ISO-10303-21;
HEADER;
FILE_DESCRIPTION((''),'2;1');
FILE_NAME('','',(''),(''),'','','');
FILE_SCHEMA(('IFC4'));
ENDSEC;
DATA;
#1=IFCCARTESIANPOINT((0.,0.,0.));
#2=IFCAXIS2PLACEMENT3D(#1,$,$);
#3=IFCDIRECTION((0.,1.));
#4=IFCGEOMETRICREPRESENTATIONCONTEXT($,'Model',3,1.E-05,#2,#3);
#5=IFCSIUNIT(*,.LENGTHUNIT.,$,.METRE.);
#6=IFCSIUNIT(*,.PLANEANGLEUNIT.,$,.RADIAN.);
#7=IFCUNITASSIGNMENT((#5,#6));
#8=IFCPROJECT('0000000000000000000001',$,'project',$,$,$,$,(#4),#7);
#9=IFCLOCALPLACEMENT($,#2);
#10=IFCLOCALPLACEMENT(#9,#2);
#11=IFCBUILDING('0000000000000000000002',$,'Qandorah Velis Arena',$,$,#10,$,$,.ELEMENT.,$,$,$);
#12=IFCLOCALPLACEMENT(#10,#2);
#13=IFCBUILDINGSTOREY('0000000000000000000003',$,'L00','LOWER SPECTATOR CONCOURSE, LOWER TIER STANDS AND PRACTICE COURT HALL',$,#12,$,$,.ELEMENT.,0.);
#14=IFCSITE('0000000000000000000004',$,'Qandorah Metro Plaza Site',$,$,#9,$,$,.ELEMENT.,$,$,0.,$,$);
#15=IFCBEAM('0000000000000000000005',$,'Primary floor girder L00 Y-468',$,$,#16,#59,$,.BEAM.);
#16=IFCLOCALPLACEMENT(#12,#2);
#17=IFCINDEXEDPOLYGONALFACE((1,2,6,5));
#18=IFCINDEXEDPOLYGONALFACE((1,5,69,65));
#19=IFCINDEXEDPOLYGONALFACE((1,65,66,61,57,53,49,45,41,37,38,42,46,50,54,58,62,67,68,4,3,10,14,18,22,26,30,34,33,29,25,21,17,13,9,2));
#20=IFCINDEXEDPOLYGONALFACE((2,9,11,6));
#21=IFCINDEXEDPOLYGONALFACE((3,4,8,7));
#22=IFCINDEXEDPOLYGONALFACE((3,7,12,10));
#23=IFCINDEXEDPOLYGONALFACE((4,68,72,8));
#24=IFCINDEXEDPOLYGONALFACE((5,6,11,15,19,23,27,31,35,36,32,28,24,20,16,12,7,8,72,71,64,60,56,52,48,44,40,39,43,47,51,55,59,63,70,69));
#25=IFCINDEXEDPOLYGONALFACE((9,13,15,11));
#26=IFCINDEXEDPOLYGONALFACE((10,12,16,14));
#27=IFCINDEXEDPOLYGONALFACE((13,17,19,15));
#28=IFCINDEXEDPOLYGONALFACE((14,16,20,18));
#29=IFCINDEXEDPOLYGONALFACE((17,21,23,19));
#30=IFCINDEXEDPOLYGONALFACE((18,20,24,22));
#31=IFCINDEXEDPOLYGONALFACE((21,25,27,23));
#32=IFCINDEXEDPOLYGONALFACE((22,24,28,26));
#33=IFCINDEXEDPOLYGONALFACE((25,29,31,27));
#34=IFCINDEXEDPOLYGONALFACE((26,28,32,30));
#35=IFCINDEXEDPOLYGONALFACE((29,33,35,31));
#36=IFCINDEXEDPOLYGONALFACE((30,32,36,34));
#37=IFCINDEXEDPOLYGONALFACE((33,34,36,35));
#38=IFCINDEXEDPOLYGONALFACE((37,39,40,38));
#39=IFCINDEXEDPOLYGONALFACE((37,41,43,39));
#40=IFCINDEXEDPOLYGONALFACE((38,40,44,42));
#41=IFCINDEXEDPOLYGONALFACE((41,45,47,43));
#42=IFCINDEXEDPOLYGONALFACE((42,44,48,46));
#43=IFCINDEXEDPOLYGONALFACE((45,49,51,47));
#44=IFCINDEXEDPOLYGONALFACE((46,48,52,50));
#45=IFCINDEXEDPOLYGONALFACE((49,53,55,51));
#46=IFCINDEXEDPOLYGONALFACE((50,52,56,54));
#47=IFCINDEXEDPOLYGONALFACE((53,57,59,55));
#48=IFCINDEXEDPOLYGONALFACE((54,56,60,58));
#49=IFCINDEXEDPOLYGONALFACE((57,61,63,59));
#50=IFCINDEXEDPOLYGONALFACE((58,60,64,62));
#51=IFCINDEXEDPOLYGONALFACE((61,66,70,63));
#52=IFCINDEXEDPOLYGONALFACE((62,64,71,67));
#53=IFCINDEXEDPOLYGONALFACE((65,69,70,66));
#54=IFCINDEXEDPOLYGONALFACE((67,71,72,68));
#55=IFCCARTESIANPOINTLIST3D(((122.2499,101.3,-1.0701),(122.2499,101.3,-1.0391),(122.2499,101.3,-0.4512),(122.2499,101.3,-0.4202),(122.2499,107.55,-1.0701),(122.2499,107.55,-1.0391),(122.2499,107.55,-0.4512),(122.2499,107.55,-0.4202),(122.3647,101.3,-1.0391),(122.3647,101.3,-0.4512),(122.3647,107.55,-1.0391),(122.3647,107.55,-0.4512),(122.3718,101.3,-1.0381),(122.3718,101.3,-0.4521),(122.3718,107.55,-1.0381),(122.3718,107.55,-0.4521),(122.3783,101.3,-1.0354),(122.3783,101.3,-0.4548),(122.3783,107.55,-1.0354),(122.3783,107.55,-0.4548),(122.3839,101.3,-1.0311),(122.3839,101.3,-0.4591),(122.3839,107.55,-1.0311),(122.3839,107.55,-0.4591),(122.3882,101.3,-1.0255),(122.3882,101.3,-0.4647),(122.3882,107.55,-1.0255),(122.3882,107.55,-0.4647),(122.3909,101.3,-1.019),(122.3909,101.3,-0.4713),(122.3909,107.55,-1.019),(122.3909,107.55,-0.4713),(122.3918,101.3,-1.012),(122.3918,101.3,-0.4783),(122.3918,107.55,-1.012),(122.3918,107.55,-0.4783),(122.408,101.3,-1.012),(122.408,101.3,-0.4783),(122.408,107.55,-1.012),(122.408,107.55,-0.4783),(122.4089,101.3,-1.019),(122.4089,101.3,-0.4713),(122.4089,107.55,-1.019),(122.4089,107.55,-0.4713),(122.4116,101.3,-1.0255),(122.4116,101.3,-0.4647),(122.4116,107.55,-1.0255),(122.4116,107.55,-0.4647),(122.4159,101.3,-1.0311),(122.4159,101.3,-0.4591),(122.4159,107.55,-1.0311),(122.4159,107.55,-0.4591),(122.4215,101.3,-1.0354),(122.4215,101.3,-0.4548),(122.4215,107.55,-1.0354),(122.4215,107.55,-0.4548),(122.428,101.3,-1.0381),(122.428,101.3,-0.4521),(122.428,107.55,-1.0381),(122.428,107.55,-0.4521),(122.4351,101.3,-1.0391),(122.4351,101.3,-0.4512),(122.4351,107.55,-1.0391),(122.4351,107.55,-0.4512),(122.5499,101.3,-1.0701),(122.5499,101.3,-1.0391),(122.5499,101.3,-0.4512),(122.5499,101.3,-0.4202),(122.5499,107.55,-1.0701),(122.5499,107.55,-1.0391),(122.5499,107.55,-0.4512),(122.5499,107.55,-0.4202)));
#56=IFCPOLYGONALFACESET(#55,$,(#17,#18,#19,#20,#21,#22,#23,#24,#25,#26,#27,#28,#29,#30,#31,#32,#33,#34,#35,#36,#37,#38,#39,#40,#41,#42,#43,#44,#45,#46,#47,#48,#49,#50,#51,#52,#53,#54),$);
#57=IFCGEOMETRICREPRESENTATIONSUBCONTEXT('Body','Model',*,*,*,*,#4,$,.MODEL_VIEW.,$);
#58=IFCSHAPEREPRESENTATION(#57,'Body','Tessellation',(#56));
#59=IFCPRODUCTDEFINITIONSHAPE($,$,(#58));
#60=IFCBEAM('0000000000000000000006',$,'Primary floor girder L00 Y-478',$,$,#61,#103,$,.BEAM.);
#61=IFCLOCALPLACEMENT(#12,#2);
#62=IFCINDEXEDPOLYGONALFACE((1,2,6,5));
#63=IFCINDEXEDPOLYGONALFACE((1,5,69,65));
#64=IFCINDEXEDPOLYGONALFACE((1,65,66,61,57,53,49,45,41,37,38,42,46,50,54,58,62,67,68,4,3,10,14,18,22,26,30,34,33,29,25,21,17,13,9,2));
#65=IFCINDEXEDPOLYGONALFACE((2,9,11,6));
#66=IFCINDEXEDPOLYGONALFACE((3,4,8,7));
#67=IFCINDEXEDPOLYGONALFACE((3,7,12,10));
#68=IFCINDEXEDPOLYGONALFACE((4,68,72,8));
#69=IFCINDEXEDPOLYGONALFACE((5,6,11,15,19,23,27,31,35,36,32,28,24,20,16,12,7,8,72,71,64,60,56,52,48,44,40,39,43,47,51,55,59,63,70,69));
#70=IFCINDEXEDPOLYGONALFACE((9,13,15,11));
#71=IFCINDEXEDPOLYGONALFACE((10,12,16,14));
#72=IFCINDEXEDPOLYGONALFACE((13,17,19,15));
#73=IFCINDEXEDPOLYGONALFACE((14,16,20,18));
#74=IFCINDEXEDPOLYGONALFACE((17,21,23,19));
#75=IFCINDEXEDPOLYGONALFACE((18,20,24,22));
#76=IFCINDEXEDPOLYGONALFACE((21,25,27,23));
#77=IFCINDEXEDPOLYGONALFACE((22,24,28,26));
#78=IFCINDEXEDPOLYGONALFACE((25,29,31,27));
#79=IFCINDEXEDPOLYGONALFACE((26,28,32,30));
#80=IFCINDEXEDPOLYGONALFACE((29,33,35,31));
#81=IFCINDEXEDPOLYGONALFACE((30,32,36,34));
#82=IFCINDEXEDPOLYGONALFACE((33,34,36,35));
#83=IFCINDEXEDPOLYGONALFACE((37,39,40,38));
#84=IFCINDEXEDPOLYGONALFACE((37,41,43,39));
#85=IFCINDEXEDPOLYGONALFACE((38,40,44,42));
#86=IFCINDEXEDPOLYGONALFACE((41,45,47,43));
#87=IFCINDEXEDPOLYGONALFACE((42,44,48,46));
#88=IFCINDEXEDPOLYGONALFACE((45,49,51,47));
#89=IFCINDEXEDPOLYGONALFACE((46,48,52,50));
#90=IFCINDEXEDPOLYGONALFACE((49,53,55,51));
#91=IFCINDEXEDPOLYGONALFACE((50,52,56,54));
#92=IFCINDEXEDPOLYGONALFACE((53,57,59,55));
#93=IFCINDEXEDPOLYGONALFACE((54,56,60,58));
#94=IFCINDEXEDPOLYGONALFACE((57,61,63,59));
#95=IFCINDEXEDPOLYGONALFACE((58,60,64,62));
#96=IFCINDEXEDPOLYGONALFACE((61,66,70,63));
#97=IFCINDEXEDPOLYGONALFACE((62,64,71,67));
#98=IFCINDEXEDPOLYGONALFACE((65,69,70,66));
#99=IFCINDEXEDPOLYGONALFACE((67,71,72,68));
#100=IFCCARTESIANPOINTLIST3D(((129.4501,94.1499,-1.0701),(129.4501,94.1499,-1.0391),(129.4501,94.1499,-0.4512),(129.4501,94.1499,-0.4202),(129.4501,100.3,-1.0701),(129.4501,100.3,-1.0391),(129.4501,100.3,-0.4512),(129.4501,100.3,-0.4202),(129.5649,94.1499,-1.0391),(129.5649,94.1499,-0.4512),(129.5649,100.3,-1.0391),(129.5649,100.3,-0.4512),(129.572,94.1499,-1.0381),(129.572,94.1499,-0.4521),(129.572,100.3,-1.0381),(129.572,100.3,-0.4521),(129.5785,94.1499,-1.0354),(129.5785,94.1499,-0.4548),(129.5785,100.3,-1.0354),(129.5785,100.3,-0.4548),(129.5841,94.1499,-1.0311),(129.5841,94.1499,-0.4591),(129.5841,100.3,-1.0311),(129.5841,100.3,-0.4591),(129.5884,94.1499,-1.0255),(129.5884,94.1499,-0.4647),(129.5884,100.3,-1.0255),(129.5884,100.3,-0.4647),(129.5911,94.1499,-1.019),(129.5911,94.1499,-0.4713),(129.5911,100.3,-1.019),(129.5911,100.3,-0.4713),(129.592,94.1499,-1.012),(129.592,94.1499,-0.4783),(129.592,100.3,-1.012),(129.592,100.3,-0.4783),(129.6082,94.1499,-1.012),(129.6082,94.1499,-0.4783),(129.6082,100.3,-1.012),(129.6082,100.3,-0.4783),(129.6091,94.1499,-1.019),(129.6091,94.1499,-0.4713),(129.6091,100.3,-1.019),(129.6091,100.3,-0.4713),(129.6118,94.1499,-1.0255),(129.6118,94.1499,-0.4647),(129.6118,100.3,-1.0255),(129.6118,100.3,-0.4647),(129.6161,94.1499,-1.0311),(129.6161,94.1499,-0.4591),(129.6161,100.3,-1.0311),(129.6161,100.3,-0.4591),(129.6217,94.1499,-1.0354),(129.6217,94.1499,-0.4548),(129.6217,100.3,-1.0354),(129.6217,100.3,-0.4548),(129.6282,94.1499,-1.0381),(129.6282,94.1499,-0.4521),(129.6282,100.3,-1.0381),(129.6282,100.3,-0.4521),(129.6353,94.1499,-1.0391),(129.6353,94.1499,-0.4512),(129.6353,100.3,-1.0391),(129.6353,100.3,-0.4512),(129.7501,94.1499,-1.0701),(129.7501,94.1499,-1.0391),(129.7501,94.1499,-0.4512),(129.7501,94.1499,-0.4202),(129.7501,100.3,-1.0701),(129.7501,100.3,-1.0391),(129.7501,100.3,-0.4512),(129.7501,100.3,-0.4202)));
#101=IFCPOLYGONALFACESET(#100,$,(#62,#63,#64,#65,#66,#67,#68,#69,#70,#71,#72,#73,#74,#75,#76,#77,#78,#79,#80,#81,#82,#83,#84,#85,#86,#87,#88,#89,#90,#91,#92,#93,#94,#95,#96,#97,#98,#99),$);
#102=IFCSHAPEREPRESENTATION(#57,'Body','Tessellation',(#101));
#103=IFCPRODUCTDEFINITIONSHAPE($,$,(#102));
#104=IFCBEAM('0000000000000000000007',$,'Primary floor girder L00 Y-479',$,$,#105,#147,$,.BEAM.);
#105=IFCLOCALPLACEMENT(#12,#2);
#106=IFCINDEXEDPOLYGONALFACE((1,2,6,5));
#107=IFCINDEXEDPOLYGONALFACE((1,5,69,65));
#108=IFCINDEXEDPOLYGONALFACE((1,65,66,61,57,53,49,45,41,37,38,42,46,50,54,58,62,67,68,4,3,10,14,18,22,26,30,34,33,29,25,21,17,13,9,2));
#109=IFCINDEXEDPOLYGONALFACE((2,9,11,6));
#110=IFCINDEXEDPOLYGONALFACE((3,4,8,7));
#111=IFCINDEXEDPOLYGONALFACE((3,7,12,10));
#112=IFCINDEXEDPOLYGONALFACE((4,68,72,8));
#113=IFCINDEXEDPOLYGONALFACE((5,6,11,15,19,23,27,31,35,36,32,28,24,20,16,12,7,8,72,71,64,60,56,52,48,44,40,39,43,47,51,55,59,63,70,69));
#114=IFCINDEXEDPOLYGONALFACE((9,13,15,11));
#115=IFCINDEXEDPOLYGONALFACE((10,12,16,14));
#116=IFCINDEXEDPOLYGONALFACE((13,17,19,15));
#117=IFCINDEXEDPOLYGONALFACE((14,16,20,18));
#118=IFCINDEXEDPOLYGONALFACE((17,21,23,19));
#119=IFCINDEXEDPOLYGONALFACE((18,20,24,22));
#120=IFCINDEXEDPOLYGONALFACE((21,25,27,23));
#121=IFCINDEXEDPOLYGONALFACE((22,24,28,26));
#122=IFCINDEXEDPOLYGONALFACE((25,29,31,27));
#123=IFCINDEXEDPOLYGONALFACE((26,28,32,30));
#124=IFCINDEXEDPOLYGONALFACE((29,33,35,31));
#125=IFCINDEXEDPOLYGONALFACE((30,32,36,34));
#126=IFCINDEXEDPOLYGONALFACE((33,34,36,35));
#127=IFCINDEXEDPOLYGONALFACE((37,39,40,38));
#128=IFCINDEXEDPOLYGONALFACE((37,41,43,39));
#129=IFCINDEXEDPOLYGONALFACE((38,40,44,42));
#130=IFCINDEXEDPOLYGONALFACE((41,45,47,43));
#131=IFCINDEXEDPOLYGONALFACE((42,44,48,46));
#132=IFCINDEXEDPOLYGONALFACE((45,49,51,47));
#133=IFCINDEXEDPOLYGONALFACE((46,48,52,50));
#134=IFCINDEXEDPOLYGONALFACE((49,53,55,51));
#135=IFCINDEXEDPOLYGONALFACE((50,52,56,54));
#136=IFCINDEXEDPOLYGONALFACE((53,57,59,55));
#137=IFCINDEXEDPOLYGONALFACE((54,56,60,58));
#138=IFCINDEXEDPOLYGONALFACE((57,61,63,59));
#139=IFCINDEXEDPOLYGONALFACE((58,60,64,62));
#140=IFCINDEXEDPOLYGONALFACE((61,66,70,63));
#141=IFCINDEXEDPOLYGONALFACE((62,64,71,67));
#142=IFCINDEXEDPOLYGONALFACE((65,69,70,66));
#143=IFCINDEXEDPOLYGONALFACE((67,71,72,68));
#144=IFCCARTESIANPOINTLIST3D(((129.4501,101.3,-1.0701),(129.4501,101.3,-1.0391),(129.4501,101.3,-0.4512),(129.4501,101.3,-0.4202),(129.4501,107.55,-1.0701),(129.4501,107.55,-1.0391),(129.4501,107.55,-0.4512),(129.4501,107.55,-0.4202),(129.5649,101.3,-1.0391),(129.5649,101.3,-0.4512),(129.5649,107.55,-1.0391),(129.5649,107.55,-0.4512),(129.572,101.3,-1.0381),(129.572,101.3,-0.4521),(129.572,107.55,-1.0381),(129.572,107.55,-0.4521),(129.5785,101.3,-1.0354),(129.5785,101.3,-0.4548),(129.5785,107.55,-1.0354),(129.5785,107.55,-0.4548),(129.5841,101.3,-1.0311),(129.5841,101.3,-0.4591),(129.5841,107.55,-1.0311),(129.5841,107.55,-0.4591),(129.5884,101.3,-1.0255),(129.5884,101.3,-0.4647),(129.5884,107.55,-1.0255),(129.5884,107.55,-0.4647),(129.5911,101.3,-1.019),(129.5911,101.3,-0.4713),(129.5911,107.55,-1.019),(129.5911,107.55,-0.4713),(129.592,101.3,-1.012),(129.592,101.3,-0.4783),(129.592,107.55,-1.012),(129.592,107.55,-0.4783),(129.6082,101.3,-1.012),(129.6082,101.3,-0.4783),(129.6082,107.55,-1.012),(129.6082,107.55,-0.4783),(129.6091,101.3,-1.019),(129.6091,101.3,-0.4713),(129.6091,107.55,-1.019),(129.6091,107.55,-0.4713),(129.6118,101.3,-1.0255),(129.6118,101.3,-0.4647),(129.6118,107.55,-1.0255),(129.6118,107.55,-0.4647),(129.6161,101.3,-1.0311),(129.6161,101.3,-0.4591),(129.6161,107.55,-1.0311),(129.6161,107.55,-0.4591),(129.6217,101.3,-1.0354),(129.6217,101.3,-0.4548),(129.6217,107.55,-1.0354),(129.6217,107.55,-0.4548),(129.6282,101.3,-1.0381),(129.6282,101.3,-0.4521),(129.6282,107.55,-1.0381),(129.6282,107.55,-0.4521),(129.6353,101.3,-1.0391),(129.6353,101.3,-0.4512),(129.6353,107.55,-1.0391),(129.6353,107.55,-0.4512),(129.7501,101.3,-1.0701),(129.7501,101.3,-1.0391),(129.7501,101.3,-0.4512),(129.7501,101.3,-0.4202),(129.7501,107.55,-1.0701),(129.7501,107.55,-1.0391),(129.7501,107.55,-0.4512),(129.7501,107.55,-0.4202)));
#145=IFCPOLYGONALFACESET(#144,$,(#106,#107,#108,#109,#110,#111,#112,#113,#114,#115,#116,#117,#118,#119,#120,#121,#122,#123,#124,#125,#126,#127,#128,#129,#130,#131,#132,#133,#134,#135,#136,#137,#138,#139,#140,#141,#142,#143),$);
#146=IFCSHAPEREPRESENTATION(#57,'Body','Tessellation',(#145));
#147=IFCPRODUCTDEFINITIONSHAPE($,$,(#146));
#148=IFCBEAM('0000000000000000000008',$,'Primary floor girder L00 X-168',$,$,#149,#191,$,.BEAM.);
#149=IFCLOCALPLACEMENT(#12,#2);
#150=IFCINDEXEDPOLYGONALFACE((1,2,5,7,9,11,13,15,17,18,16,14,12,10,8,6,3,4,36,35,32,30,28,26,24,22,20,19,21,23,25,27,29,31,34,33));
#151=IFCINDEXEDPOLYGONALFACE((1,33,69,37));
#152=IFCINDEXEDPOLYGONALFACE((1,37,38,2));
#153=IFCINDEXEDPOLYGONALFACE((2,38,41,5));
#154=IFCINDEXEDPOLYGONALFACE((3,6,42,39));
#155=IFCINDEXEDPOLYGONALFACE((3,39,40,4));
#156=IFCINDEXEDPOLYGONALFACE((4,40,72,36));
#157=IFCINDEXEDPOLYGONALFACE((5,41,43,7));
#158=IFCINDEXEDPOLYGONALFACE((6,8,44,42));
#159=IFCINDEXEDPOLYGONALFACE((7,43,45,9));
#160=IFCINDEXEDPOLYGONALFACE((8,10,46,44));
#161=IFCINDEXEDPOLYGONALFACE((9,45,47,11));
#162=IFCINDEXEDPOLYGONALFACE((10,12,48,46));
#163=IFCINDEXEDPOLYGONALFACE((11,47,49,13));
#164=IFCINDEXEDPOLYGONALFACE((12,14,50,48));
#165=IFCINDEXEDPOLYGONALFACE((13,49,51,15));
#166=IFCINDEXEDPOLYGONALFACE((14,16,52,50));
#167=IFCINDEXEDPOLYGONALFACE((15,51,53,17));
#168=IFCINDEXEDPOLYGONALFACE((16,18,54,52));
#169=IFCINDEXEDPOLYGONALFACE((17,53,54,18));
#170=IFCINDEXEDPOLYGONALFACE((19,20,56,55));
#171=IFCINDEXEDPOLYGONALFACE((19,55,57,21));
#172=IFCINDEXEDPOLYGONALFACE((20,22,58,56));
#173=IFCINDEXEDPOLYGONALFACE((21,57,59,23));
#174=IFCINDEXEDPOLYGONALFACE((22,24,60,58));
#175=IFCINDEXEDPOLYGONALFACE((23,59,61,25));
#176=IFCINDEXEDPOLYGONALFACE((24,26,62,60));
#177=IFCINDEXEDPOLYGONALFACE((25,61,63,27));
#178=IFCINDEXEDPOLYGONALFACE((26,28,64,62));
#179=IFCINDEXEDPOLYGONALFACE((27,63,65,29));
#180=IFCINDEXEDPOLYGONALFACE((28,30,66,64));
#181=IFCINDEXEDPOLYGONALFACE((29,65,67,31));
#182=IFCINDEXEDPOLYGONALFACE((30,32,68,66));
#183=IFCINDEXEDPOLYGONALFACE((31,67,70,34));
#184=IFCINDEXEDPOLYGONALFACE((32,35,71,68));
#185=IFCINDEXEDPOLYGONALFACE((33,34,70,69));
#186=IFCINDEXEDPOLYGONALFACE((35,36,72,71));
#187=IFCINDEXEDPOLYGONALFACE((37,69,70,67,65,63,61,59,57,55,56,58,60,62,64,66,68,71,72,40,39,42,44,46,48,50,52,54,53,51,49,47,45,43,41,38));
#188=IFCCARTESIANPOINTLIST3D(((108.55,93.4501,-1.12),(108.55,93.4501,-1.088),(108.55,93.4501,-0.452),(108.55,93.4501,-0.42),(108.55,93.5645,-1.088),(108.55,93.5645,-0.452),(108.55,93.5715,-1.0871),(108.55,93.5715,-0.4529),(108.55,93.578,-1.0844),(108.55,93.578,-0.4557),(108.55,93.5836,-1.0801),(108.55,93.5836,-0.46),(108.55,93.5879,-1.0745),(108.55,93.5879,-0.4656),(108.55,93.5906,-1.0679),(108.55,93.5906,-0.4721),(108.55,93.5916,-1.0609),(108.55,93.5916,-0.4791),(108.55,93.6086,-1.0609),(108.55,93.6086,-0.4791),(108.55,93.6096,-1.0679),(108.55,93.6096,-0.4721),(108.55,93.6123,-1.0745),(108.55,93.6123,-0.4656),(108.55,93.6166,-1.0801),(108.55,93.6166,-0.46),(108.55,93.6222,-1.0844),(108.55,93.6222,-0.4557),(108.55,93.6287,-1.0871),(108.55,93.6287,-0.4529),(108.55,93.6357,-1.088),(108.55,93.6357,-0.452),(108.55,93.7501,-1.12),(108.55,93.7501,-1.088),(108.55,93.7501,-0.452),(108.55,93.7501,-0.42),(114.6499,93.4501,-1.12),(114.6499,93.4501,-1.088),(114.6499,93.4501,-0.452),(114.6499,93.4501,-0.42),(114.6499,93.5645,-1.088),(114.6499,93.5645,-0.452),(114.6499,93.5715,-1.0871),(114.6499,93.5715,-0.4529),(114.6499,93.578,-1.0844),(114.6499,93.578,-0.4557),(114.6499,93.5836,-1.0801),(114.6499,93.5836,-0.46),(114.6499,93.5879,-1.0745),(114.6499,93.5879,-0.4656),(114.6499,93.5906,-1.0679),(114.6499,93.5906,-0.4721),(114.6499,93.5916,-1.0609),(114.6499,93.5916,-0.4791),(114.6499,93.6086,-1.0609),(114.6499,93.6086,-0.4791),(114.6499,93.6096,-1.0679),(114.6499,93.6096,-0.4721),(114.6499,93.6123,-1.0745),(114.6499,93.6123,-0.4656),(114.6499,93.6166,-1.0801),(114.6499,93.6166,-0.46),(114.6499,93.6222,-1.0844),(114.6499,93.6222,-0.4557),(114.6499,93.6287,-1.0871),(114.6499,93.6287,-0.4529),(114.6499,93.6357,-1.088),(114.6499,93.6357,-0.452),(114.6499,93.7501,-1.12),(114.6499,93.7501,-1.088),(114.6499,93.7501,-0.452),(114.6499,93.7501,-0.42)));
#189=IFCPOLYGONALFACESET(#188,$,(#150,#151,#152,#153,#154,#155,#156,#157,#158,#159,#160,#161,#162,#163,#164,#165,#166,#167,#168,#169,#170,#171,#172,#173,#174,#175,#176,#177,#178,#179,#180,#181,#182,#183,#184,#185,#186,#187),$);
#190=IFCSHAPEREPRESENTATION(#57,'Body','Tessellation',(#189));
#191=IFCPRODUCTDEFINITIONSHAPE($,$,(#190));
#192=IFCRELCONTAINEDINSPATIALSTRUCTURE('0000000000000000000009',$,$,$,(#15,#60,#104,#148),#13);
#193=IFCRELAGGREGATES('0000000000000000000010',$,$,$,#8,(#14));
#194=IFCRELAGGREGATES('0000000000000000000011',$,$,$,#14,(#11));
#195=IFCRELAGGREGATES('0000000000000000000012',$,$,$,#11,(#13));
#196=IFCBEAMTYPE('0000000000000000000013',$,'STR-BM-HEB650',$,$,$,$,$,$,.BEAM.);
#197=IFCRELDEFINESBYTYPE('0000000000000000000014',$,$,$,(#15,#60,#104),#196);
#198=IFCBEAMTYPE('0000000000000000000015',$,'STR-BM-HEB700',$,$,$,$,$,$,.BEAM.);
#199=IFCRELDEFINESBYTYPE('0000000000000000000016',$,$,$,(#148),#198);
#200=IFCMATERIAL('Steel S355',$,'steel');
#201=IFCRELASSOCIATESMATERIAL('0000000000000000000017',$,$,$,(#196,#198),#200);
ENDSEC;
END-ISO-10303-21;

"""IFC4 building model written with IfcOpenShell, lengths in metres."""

from ifc_helpers import new_model, si_unit, direction, frame, origin, origin_2d, place, context, subcontext, project, spatial, i_section, extrude, material, material_profile, profile_set, type_object, element, save


model = new_model("IFC4")

# Units and contexts
model_context = context("Model", 3, precision=1e-05, world=origin(), true_north=direction((0.0, 1.0)))
body_context = subcontext(model_context, "Body", "Model", "MODEL_VIEW")
ifc_project = project(units=[si_unit("LENGTHUNIT", "METRE"), si_unit("PLANEANGLEUNIT", "RADIAN")], contexts=[model_context])

# Site, building, storey
site_placement = place(None, origin())
site = spatial("IfcSite", under=ifc_project, at=site_placement, Name="Qandorah Metro Plaza Site", CompositionType="ELEMENT", RefElevation=0.0)
building_placement = place(site_placement, origin())
building = spatial("IfcBuilding", under=site, at=building_placement, Name="Qandorah Velis Arena", CompositionType="ELEMENT")
storey_placement = place(building_placement, origin())
storey = spatial("IfcBuildingStorey", under=building, at=storey_placement, Name="L00", Description="LOWER SPECTATOR CONCOURSE, LOWER TIER STANDS AND PRACTICE COURT HALL", CompositionType="ELEMENT", Elevation=0.0)

# Beams
ifc_material_1 = material(Name="Steel S355", Category="steel")
ifc_material_profile_1 = material_profile(ifc_material_1, i_section(OverallWidth=0.3, OverallDepth=0.6499, WebThickness=0.0161, FlangeThickness=0.031, FilletRadius=0.0271, at=origin_2d()), Name="HEB 650")
ifc_profile_set_1 = profile_set([ifc_material_profile_1], Name="Steel S355")
beam_type_1 = type_object("IfcBeamType", Name="STR-BM-HEB650", PredefinedType="BEAM", material=ifc_profile_set_1)
beam_1_placement = place(storey_placement, frame((122.3999, 101.3, -0.7451), z_axis=(0.0, 1.0, 0.0), x_axis=(-1.0, 0.0, 0.0)))
element("IfcBeam", 1, at=beam_1_placement, inside=storey, type_object=beam_type_1, Name="Primary floor girder L00 Y-468", PredefinedType="BEAM", context=body_context, shape_type="SweptSolid", body=[
    extrude(i_section(OverallWidth=0.3, OverallDepth=0.6499, WebThickness=0.0161, FlangeThickness=0.031, FilletRadius=0.0271, at=origin_2d()), origin(), (0.0, 0.0, 1.0), 6.25),
])
beam_2_placement = place(storey_placement, frame((129.6001, 94.1499, -0.7451), z_axis=(0.0, 1.0, 0.0), x_axis=(-1.0, 0.0, 0.0)))
element("IfcBeam", 2, at=beam_2_placement, inside=storey, type_object=beam_type_1, Name="Primary floor girder L00 Y-478", PredefinedType="BEAM", context=body_context, shape_type="SweptSolid", body=[
    extrude(i_section(OverallWidth=0.3, OverallDepth=0.6499, WebThickness=0.0161, FlangeThickness=0.031, FilletRadius=0.0271, at=origin_2d()), origin(), (0.0, 0.0, 1.0), 6.1501),
])
beam_3_placement = place(storey_placement, frame((129.6001, 101.3, -0.7451), z_axis=(0.0, 1.0, 0.0), x_axis=(-1.0, 0.0, 0.0)))
element("IfcBeam", 3, at=beam_3_placement, inside=storey, type_object=beam_type_1, Name="Primary floor girder L00 Y-479", PredefinedType="BEAM", context=body_context, shape_type="SweptSolid", body=[
    extrude(i_section(OverallWidth=0.3, OverallDepth=0.6499, WebThickness=0.0161, FlangeThickness=0.031, FilletRadius=0.0271, at=origin_2d()), origin(), (0.0, 0.0, 1.0), 6.25),
])
ifc_material_profile_2 = material_profile(ifc_material_1, i_section(OverallWidth=0.3, OverallDepth=0.7, WebThickness=0.0171, FlangeThickness=0.032, FilletRadius=0.0271, at=origin_2d()), Name="HEB 700")
ifc_profile_set_2 = profile_set([ifc_material_profile_2], Name="Steel S355")
beam_type_2 = type_object("IfcBeamType", Name="STR-BM-HEB700", PredefinedType="BEAM", material=ifc_profile_set_2)
beam_4_placement = place(storey_placement, frame((108.55, 93.6001, -0.77), z_axis=(1.0, 0.0, 0.0), x_axis=(0.0, 1.0, 0.0)))
element("IfcBeam", 4, at=beam_4_placement, inside=storey, type_object=beam_type_2, Name="Primary floor girder L00 X-168", PredefinedType="BEAM", context=body_context, shape_type="SweptSolid", body=[
    extrude(i_section(OverallWidth=0.3, OverallDepth=0.7, WebThickness=0.0171, FlangeThickness=0.032, FilletRadius=0.0271, at=origin_2d()), origin(), (0.0, 0.0, 1.0), 6.0999),
])

save(model, "model.ifc")
